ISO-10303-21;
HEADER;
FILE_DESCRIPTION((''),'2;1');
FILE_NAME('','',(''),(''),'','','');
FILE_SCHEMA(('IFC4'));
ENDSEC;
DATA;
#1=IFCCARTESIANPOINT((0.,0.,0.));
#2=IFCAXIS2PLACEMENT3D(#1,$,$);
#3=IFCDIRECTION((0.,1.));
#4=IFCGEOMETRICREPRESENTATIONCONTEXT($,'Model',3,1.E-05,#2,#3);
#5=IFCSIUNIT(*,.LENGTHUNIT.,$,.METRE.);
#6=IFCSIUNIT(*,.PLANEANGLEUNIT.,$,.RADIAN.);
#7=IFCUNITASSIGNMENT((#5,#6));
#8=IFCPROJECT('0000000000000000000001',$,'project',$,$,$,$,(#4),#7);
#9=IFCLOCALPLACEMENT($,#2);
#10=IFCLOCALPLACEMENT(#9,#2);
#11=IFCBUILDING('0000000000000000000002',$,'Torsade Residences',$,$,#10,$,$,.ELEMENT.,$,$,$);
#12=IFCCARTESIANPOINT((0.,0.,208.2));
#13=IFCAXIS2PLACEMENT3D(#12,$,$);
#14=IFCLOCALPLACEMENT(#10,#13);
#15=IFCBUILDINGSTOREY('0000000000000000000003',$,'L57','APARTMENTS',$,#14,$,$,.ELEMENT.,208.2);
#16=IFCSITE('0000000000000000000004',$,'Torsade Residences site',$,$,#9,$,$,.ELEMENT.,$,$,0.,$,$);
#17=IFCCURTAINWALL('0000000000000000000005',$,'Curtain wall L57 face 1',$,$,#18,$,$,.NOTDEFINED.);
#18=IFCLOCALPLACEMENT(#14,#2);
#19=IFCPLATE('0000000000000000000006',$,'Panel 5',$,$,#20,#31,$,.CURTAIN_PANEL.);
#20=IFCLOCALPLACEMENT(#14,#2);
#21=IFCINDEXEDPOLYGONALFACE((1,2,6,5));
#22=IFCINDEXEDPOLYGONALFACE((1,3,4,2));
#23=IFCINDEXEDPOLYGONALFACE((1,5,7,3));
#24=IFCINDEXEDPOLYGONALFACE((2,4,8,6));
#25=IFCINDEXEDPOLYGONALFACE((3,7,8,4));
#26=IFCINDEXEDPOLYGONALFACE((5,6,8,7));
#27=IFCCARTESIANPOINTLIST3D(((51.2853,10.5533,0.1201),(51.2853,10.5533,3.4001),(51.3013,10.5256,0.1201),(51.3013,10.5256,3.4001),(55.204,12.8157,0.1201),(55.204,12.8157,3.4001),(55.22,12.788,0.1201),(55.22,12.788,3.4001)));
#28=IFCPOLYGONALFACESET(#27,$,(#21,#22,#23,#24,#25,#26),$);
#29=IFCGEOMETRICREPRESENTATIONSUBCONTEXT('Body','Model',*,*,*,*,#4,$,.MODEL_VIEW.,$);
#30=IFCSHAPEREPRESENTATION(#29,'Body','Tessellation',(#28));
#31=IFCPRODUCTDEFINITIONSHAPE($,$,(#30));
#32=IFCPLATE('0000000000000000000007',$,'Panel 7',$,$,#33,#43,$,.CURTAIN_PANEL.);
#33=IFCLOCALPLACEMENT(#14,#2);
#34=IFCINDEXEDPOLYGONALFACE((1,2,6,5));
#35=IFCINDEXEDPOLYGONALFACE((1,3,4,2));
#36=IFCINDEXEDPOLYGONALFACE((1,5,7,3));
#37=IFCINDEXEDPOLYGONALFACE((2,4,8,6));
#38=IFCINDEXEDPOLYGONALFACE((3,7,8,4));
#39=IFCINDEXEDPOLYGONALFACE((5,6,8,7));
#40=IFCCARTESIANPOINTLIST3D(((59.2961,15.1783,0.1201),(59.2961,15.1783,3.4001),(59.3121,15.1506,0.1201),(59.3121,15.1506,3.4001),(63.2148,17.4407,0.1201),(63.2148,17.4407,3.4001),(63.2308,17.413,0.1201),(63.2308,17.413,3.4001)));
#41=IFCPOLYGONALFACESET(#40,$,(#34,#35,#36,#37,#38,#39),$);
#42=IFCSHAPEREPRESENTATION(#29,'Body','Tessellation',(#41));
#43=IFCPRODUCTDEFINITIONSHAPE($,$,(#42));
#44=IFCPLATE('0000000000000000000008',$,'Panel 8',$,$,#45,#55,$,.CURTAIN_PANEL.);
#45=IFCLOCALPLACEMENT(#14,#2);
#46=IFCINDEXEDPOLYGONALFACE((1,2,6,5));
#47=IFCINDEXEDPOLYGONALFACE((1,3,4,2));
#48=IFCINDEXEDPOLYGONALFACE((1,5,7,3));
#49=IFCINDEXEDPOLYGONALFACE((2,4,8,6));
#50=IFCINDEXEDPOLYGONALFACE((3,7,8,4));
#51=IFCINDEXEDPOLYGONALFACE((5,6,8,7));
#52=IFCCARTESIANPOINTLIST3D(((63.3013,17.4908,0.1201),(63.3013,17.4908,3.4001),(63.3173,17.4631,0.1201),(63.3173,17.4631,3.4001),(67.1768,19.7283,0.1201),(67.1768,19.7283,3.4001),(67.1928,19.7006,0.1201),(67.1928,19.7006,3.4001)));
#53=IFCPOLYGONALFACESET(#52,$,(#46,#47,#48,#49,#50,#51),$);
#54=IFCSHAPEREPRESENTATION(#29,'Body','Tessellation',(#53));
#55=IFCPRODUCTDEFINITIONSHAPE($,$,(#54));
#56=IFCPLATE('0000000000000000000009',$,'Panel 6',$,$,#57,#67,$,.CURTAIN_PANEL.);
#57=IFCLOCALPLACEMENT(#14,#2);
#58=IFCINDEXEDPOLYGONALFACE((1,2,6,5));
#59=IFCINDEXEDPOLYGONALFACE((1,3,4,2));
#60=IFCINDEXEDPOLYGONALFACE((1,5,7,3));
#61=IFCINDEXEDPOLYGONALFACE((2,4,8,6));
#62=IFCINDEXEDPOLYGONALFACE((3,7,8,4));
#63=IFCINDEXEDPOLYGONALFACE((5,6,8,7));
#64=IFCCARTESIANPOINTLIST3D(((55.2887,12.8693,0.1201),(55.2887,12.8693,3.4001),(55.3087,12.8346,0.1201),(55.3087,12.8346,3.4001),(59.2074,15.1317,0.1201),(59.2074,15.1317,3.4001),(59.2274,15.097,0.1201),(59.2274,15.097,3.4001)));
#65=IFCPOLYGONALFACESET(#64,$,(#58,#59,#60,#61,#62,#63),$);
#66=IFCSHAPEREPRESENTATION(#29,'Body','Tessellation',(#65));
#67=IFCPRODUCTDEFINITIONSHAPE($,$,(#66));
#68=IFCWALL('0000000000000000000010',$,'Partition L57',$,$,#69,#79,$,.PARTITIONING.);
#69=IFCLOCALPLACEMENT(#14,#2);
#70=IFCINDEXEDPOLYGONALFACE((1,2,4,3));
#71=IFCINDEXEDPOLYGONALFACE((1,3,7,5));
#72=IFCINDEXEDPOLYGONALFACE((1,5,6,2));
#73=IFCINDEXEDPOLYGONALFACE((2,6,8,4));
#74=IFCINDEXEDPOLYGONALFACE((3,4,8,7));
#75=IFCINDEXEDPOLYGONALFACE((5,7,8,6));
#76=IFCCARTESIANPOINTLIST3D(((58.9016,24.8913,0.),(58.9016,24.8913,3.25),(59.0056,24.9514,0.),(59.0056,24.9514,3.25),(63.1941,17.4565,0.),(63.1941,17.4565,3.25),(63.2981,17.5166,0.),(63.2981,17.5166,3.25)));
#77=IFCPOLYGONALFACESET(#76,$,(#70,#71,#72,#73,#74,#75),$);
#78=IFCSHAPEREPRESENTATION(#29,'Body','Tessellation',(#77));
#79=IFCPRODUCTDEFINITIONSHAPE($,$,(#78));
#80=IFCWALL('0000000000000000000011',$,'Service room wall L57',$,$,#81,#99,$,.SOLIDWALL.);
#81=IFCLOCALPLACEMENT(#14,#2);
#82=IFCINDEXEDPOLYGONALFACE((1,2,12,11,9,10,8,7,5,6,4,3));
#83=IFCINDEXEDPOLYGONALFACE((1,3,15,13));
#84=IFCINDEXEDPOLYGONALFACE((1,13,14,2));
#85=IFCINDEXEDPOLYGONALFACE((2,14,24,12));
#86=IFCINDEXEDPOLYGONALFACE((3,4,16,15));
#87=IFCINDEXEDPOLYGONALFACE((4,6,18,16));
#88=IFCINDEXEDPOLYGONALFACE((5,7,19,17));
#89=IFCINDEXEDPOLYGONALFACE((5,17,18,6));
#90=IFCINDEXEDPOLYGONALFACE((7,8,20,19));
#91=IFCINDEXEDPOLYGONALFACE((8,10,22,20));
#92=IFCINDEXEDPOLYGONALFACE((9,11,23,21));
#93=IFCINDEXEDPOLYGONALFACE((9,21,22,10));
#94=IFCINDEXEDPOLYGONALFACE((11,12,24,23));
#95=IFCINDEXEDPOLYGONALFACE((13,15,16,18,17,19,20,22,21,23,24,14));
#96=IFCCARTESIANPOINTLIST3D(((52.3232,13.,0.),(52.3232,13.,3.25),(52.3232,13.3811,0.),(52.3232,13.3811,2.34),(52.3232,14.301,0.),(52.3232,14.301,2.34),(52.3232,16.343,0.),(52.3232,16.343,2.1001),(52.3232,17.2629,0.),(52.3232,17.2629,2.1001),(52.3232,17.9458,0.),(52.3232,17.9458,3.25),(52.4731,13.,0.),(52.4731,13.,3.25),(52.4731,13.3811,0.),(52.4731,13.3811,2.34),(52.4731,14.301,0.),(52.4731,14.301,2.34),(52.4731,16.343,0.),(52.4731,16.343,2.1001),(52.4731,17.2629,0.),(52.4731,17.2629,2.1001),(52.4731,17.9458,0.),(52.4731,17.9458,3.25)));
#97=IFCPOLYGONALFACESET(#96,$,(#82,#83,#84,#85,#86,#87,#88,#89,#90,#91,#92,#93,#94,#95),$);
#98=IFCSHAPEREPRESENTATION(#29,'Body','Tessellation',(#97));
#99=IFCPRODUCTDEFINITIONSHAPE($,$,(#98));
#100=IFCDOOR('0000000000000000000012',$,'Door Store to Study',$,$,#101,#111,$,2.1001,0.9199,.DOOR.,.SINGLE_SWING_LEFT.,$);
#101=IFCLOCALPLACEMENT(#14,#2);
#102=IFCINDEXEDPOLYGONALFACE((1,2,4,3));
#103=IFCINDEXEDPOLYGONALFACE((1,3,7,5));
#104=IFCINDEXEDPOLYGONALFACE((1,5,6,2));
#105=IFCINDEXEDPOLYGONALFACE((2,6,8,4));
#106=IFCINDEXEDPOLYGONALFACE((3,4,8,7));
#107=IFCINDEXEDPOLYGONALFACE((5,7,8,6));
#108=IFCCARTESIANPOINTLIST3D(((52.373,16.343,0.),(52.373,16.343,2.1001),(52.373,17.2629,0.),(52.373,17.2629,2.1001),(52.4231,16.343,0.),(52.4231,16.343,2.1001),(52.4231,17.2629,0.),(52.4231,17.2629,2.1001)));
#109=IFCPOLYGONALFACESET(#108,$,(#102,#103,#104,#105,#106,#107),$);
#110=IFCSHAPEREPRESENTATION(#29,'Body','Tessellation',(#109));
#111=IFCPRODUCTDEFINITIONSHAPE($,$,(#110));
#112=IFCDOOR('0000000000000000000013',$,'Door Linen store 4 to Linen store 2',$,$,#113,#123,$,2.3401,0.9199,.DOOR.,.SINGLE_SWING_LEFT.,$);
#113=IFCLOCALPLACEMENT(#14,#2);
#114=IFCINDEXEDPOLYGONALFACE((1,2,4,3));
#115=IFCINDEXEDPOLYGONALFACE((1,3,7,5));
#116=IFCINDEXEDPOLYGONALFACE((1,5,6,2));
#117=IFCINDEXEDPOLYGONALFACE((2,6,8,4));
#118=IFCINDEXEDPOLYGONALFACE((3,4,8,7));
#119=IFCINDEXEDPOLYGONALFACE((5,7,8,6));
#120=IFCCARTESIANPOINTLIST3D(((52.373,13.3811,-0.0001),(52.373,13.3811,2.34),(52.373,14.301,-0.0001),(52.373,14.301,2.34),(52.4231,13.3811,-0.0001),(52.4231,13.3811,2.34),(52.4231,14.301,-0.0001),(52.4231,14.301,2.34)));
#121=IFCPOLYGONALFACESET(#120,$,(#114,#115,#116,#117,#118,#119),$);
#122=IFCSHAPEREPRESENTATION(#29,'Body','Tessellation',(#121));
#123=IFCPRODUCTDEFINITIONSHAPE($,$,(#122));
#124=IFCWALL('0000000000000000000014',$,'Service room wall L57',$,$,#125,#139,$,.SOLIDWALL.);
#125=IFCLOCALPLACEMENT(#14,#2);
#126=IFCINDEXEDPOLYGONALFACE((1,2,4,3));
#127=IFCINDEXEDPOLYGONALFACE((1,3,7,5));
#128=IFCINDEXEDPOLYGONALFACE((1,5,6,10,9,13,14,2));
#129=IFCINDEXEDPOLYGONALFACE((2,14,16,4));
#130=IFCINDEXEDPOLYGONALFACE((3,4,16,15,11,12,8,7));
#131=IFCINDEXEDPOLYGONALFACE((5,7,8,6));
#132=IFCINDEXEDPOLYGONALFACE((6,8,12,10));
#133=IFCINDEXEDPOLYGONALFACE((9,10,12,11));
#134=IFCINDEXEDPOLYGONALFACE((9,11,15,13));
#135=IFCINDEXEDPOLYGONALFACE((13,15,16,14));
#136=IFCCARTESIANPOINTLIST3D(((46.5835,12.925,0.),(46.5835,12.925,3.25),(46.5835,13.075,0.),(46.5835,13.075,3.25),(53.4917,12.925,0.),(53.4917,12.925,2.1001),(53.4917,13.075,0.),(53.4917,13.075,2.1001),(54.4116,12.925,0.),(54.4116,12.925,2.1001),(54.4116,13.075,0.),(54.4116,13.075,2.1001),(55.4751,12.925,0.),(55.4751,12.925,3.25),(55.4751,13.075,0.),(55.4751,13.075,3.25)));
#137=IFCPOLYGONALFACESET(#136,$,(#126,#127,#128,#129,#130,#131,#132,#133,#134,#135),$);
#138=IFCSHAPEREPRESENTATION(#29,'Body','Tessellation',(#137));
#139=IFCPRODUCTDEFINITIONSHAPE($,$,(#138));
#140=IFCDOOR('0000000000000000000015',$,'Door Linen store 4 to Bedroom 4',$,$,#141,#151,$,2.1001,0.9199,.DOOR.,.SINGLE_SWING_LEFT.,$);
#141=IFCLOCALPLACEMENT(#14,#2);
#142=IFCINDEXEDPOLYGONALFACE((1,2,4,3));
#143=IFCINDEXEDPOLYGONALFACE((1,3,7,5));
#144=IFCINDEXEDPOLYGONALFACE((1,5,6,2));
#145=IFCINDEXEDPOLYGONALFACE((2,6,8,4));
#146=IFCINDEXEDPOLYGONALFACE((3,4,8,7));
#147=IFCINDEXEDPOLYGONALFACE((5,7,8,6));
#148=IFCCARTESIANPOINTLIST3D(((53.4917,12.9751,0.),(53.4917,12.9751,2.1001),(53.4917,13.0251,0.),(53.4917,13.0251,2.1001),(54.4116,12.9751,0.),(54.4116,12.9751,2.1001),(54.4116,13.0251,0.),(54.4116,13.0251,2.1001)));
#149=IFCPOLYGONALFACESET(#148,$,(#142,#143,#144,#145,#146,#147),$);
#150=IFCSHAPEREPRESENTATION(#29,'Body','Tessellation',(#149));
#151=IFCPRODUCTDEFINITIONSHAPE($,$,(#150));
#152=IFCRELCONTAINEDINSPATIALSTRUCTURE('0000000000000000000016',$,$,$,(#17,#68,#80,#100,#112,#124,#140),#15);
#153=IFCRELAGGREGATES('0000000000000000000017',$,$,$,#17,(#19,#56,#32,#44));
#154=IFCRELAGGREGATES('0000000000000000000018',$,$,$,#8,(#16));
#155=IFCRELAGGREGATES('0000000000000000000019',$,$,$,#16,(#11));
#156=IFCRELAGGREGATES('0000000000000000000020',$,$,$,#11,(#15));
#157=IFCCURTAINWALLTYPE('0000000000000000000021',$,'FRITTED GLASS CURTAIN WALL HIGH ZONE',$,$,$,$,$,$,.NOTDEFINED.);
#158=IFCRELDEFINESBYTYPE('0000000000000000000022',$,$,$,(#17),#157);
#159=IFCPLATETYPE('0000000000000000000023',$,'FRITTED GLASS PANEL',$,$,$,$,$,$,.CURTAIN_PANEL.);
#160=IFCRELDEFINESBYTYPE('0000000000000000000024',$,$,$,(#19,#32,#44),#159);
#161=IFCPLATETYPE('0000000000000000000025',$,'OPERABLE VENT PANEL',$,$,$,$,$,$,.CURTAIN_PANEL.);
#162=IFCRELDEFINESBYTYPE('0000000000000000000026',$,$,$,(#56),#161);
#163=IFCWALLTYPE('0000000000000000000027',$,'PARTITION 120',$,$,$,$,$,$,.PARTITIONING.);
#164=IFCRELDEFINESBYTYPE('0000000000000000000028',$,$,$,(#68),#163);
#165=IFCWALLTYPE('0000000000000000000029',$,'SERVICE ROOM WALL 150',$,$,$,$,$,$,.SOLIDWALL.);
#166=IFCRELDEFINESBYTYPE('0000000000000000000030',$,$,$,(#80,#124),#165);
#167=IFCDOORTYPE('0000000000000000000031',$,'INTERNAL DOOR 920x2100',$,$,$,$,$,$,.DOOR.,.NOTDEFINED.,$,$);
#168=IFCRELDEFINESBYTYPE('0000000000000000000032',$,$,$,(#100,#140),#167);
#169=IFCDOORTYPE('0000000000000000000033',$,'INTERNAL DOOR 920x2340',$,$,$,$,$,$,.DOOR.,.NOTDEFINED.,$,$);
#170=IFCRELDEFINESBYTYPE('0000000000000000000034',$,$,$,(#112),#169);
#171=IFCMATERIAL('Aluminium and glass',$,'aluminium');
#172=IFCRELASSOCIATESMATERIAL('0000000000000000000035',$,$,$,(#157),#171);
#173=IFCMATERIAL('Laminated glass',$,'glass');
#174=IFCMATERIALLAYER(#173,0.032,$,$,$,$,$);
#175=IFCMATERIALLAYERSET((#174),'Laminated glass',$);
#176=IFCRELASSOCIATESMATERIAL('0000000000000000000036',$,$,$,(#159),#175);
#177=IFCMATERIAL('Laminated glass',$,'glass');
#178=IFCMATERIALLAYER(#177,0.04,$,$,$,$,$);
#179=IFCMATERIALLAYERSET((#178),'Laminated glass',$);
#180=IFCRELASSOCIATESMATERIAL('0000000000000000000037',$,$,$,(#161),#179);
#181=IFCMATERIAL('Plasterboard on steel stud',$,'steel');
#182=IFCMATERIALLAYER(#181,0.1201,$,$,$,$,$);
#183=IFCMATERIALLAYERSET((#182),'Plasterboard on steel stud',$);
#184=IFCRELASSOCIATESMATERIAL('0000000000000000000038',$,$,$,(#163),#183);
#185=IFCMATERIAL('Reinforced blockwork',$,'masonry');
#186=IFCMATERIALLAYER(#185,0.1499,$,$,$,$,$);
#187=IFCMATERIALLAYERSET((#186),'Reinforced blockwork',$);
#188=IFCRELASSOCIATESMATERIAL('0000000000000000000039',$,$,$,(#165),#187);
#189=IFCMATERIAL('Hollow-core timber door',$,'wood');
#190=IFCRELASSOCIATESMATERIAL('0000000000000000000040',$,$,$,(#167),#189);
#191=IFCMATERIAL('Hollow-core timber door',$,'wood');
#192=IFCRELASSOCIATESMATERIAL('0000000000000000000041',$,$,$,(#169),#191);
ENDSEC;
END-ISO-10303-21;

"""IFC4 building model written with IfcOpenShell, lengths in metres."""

from ifc_helpers import new_model, si_unit, direction, frame, frame_2d, origin, origin_2d, place, context, subcontext, project, spatial, rectangle, extrude, material, layer, layer_set, type_object, element, fill, aggregate, save


model = new_model("IFC4")

# Units and contexts
model_context = context("Model", 3, precision=1e-05, world=origin(), true_north=direction((0.0, 1.0)))
body_context = subcontext(model_context, "Body", "Model", "MODEL_VIEW")
ifc_project = project(units=[si_unit("LENGTHUNIT", "METRE"), si_unit("PLANEANGLEUNIT", "RADIAN")], contexts=[model_context])

# Site, building, storey
site_placement = place(None, origin())
site = spatial("IfcSite", under=ifc_project, at=site_placement, Name="Torsade Residences site", CompositionType="ELEMENT", RefElevation=0.0)
building_placement = place(site_placement, origin())
building = spatial("IfcBuilding", under=site, at=building_placement, Name="Torsade Residences", CompositionType="ELEMENT")
storey_placement = place(building_placement, frame((0.0, 0.0, 208.2)))
storey = spatial("IfcBuildingStorey", under=building, at=storey_placement, Name="L57", Description="APARTMENTS", CompositionType="ELEMENT", Elevation=208.2)

# Curtain wall
ifc_material_1 = material(Name="Aluminium and glass", Category="aluminium")
curtain_wall_type = type_object("IfcCurtainWallType", Name="FRITTED GLASS CURTAIN WALL HIGH ZONE", PredefinedType="NOTDEFINED", material=ifc_material_1)
curtain_wall_placement = place(storey_placement, origin())
curtain_wall = element("IfcCurtainWall", 1, at=curtain_wall_placement, inside=storey, type_object=curtain_wall_type, Name="Curtain wall L57 face 1", PredefinedType="NOTDEFINED")

# Plates
ifc_material_2 = material(Name="Laminated glass", Category="glass")
ifc_layer_1 = layer(ifc_material_2, 0.032)
ifc_layer_set_1 = layer_set([ifc_layer_1], Name="Laminated glass")
plate_type_1 = type_object("IfcPlateType", Name="FRITTED GLASS PANEL", PredefinedType="CURTAIN_PANEL", material=ifc_layer_set_1)
plate_1_placement = place(storey_placement, frame((53.2527, 11.6707, 0.1201), z_axis=(0.0, 0.0, 1.0), x_axis=(0.866025, 0.5, 0.0)))
plate_1 = element("IfcPlate", 2, at=plate_1_placement, type_object=plate_type_1, Name="Panel 5", PredefinedType="CURTAIN_PANEL", context=body_context, shape_type="SweptSolid", body=[
    extrude(rectangle(XDim=4.5249, YDim=0.032, at=origin_2d()), origin(), (0.0, 0.0, 1.0), 3.28),
])
plate_2_placement = place(storey_placement, frame((61.2634, 16.2957, 0.1201), z_axis=(0.0, 0.0, 1.0), x_axis=(0.866025, 0.5, 0.0)))
plate_2 = element("IfcPlate", 3, at=plate_2_placement, type_object=plate_type_1, Name="Panel 7", PredefinedType="CURTAIN_PANEL", context=body_context, shape_type="SweptSolid", body=[
    extrude(rectangle(XDim=4.5249, YDim=0.032, at=origin_2d()), origin(), (0.0, 0.0, 1.0), 3.28),
])
plate_3_placement = place(storey_placement, frame((65.2471, 18.5957, 0.1201), z_axis=(0.0, 0.0, 1.0), x_axis=(0.866025, 0.5, 0.0)))
plate_3 = element("IfcPlate", 4, at=plate_3_placement, type_object=plate_type_1, Name="Panel 8", PredefinedType="CURTAIN_PANEL", context=body_context, shape_type="SweptSolid", body=[
    extrude(rectangle(XDim=4.4751, YDim=0.032, at=origin_2d()), origin(), (0.0, 0.0, 1.0), 3.28),
])
ifc_material_3 = material(Name="Laminated glass", Category="glass")
ifc_layer_2 = layer(ifc_material_3, 0.04)
ifc_layer_set_2 = layer_set([ifc_layer_2], Name="Laminated glass")
plate_type_2 = type_object("IfcPlateType", Name="OPERABLE VENT PANEL", PredefinedType="CURTAIN_PANEL", material=ifc_layer_set_2)
plate_4_placement = place(storey_placement, frame((57.2581, 13.9832, 0.1201), z_axis=(0.0, 0.0, 1.0), x_axis=(0.866025, 0.5, 0.0)))
plate_4 = element("IfcPlate", 5, at=plate_4_placement, type_object=plate_type_2, Name="Panel 6", PredefinedType="CURTAIN_PANEL", context=body_context, shape_type="SweptSolid", body=[
    extrude(rectangle(XDim=4.5249, YDim=0.04, at=origin_2d()), origin(), (0.0, 0.0, 1.0), 3.28),
])
aggregate(curtain_wall, [plate_1, plate_4, plate_2, plate_3])

# Wall
ifc_material_4 = material(Name="Plasterboard on steel stud", Category="steel")
ifc_layer_3 = layer(ifc_material_4, 0.1201)
ifc_layer_set_3 = layer_set([ifc_layer_3], Name="Plasterboard on steel stud")
wall_type_1 = type_object("IfcWallType", Name="PARTITION 120", PredefinedType="PARTITIONING", material=ifc_layer_set_3)
wall_1_placement = place(storey_placement, frame((63.2461, 17.4866, 0.0), z_axis=(0.0, 0.0, 1.0), x_axis=(-0.499999, 0.866026, 0.0)))
element("IfcWall", 6, at=wall_1_placement, inside=storey, type_object=wall_type_1, Name="Partition L57", PredefinedType="PARTITIONING", context=body_context, shape_type="SweptSolid", body=[
    extrude(rectangle(XDim=8.585, YDim=0.1201, at=frame_2d((4.2925, 0.0))), origin(), (0.0, 0.0, 1.0), 3.25),
])

# Wall, openings, doors
ifc_material_5 = material(Name="Reinforced blockwork", Category="masonry")
ifc_layer_4 = layer(ifc_material_5, 0.1499)
ifc_layer_set_4 = layer_set([ifc_layer_4], Name="Reinforced blockwork")
wall_type_2 = type_object("IfcWallType", Name="SERVICE ROOM WALL 150", PredefinedType="SOLIDWALL", material=ifc_layer_set_4)
wall_2_placement = place(storey_placement, frame((52.3982, 17.9458, 0.0), z_axis=(0.0, 0.0, 1.0), x_axis=(0.0, -1.0, 0.0)))
wall_2 = element("IfcWall", 7, at=wall_2_placement, inside=storey, type_object=wall_type_2, Name="Service room wall L57", PredefinedType="SOLIDWALL", context=body_context, shape_type="SweptSolid", body=[
    extrude(rectangle(XDim=4.9458, YDim=0.1499, at=frame_2d((2.4729, 0.0))), origin(), (0.0, 0.0, 1.0), 3.25),
])
opening_1_placement = place(wall_2_placement, frame((0.6829, 0.0, 0.0)))
opening_1 = element("IfcOpeningElement", 8, at=opening_1_placement, cuts=wall_2, PredefinedType="OPENING", context=body_context, shape_type="SweptSolid", body=[
    extrude(rectangle(XDim=0.9199, YDim=2.1001, at=frame_2d((0.46, 1.05))), frame((0.0, 0.085, 0.0), z_axis=(0.0, -1.0, 0.0), x_axis=(1.0, 0.0, 0.0)), (0.0, 0.0, 1.0), 0.1699),
])
opening_2_placement = place(wall_2_placement, frame((3.6448, 0.0, 0.0)))
opening_2 = element("IfcOpeningElement", 9, at=opening_2_placement, cuts=wall_2, PredefinedType="OPENING", context=body_context, shape_type="SweptSolid", body=[
    extrude(rectangle(XDim=0.9199, YDim=2.3401, at=frame_2d((0.46, 1.1699))), frame((0.0, 0.085, 0.0), z_axis=(0.0, -1.0, 0.0), x_axis=(1.0, 0.0, 0.0)), (0.0, 0.0, 1.0), 0.1699),
])
ifc_material_6 = material(Name="Hollow-core timber door", Category="wood")
door_type_1 = type_object("IfcDoorType", Name="INTERNAL DOOR 920x2100", OperationType="NOTDEFINED", PredefinedType="DOOR", material=ifc_material_6)
door_1_placement = place(opening_1_placement, origin())
door_1 = element("IfcDoor", 10, at=door_1_placement, inside=storey, type_object=door_type_1, Name="Door Store to Study", OperationType="SINGLE_SWING_LEFT", OverallHeight=2.1001, OverallWidth=0.9199, PredefinedType="DOOR", context=body_context, shape_type="SweptSolid", body=[
    extrude(rectangle(XDim=0.9199, YDim=2.1001, at=frame_2d((0.46, 1.05))), frame((0.0, 0.0249, 0.0), z_axis=(0.0, -1.0, 0.0), x_axis=(1.0, 0.0, 0.0)), (0.0, 0.0, 1.0), 0.05),
])
fill(opening_1, door_1)
ifc_material_7 = material(Name="Hollow-core timber door", Category="wood")
door_type_2 = type_object("IfcDoorType", Name="INTERNAL DOOR 920x2340", OperationType="NOTDEFINED", PredefinedType="DOOR", material=ifc_material_7)
door_2_placement = place(opening_2_placement, origin())
door_2 = element("IfcDoor", 11, at=door_2_placement, inside=storey, type_object=door_type_2, Name="Door Linen store 4 to Linen store 2", OperationType="SINGLE_SWING_LEFT", OverallHeight=2.3401, OverallWidth=0.9199, PredefinedType="DOOR", context=body_context, shape_type="SweptSolid", body=[
    extrude(rectangle(XDim=0.9199, YDim=2.3401, at=frame_2d((0.46, 1.1699))), frame((0.0, 0.0249, 0.0), z_axis=(0.0, -1.0, 0.0), x_axis=(1.0, 0.0, 0.0)), (0.0, 0.0, 1.0), 0.05),
])
fill(opening_2, door_2)

# Wall, opening, door
wall_3_placement = place(storey_placement, frame((55.4751, 13.0, 0.0), z_axis=(0.0, 0.0, 1.0), x_axis=(-1.0, 0.0, 0.0)))
wall_3 = element("IfcWall", 12, at=wall_3_placement, inside=storey, type_object=wall_type_2, Name="Service room wall L57", PredefinedType="SOLIDWALL", context=body_context, shape_type="SweptSolid", body=[
    extrude(rectangle(XDim=8.8916, YDim=0.1499, at=frame_2d((4.4458, 0.0))), origin(), (0.0, 0.0, 1.0), 3.25),
])
opening_3_placement = place(wall_3_placement, frame((1.0635, 0.0, 0.0)))
opening_3 = element("IfcOpeningElement", 13, at=opening_3_placement, cuts=wall_3, PredefinedType="OPENING", context=body_context, shape_type="SweptSolid", body=[
    extrude(rectangle(XDim=0.9199, YDim=2.1001, at=frame_2d((0.46, 1.05))), frame((0.0, 0.085, 0.0), z_axis=(0.0, -1.0, 0.0), x_axis=(1.0, 0.0, 0.0)), (0.0, 0.0, 1.0), 0.1699),
])
door_3_placement = place(opening_3_placement, origin())
door_3 = element("IfcDoor", 14, at=door_3_placement, inside=storey, type_object=door_type_1, Name="Door Linen store 4 to Bedroom 4", OperationType="SINGLE_SWING_LEFT", OverallHeight=2.1001, OverallWidth=0.9199, PredefinedType="DOOR", context=body_context, shape_type="SweptSolid", body=[
    extrude(rectangle(XDim=0.9199, YDim=2.1001, at=frame_2d((0.46, 1.05))), frame((0.0, 0.0249, 0.0), z_axis=(0.0, -1.0, 0.0), x_axis=(1.0, 0.0, 0.0)), (0.0, 0.0, 1.0), 0.05),
])
fill(opening_3, door_3)

save(model, "model.ifc")
